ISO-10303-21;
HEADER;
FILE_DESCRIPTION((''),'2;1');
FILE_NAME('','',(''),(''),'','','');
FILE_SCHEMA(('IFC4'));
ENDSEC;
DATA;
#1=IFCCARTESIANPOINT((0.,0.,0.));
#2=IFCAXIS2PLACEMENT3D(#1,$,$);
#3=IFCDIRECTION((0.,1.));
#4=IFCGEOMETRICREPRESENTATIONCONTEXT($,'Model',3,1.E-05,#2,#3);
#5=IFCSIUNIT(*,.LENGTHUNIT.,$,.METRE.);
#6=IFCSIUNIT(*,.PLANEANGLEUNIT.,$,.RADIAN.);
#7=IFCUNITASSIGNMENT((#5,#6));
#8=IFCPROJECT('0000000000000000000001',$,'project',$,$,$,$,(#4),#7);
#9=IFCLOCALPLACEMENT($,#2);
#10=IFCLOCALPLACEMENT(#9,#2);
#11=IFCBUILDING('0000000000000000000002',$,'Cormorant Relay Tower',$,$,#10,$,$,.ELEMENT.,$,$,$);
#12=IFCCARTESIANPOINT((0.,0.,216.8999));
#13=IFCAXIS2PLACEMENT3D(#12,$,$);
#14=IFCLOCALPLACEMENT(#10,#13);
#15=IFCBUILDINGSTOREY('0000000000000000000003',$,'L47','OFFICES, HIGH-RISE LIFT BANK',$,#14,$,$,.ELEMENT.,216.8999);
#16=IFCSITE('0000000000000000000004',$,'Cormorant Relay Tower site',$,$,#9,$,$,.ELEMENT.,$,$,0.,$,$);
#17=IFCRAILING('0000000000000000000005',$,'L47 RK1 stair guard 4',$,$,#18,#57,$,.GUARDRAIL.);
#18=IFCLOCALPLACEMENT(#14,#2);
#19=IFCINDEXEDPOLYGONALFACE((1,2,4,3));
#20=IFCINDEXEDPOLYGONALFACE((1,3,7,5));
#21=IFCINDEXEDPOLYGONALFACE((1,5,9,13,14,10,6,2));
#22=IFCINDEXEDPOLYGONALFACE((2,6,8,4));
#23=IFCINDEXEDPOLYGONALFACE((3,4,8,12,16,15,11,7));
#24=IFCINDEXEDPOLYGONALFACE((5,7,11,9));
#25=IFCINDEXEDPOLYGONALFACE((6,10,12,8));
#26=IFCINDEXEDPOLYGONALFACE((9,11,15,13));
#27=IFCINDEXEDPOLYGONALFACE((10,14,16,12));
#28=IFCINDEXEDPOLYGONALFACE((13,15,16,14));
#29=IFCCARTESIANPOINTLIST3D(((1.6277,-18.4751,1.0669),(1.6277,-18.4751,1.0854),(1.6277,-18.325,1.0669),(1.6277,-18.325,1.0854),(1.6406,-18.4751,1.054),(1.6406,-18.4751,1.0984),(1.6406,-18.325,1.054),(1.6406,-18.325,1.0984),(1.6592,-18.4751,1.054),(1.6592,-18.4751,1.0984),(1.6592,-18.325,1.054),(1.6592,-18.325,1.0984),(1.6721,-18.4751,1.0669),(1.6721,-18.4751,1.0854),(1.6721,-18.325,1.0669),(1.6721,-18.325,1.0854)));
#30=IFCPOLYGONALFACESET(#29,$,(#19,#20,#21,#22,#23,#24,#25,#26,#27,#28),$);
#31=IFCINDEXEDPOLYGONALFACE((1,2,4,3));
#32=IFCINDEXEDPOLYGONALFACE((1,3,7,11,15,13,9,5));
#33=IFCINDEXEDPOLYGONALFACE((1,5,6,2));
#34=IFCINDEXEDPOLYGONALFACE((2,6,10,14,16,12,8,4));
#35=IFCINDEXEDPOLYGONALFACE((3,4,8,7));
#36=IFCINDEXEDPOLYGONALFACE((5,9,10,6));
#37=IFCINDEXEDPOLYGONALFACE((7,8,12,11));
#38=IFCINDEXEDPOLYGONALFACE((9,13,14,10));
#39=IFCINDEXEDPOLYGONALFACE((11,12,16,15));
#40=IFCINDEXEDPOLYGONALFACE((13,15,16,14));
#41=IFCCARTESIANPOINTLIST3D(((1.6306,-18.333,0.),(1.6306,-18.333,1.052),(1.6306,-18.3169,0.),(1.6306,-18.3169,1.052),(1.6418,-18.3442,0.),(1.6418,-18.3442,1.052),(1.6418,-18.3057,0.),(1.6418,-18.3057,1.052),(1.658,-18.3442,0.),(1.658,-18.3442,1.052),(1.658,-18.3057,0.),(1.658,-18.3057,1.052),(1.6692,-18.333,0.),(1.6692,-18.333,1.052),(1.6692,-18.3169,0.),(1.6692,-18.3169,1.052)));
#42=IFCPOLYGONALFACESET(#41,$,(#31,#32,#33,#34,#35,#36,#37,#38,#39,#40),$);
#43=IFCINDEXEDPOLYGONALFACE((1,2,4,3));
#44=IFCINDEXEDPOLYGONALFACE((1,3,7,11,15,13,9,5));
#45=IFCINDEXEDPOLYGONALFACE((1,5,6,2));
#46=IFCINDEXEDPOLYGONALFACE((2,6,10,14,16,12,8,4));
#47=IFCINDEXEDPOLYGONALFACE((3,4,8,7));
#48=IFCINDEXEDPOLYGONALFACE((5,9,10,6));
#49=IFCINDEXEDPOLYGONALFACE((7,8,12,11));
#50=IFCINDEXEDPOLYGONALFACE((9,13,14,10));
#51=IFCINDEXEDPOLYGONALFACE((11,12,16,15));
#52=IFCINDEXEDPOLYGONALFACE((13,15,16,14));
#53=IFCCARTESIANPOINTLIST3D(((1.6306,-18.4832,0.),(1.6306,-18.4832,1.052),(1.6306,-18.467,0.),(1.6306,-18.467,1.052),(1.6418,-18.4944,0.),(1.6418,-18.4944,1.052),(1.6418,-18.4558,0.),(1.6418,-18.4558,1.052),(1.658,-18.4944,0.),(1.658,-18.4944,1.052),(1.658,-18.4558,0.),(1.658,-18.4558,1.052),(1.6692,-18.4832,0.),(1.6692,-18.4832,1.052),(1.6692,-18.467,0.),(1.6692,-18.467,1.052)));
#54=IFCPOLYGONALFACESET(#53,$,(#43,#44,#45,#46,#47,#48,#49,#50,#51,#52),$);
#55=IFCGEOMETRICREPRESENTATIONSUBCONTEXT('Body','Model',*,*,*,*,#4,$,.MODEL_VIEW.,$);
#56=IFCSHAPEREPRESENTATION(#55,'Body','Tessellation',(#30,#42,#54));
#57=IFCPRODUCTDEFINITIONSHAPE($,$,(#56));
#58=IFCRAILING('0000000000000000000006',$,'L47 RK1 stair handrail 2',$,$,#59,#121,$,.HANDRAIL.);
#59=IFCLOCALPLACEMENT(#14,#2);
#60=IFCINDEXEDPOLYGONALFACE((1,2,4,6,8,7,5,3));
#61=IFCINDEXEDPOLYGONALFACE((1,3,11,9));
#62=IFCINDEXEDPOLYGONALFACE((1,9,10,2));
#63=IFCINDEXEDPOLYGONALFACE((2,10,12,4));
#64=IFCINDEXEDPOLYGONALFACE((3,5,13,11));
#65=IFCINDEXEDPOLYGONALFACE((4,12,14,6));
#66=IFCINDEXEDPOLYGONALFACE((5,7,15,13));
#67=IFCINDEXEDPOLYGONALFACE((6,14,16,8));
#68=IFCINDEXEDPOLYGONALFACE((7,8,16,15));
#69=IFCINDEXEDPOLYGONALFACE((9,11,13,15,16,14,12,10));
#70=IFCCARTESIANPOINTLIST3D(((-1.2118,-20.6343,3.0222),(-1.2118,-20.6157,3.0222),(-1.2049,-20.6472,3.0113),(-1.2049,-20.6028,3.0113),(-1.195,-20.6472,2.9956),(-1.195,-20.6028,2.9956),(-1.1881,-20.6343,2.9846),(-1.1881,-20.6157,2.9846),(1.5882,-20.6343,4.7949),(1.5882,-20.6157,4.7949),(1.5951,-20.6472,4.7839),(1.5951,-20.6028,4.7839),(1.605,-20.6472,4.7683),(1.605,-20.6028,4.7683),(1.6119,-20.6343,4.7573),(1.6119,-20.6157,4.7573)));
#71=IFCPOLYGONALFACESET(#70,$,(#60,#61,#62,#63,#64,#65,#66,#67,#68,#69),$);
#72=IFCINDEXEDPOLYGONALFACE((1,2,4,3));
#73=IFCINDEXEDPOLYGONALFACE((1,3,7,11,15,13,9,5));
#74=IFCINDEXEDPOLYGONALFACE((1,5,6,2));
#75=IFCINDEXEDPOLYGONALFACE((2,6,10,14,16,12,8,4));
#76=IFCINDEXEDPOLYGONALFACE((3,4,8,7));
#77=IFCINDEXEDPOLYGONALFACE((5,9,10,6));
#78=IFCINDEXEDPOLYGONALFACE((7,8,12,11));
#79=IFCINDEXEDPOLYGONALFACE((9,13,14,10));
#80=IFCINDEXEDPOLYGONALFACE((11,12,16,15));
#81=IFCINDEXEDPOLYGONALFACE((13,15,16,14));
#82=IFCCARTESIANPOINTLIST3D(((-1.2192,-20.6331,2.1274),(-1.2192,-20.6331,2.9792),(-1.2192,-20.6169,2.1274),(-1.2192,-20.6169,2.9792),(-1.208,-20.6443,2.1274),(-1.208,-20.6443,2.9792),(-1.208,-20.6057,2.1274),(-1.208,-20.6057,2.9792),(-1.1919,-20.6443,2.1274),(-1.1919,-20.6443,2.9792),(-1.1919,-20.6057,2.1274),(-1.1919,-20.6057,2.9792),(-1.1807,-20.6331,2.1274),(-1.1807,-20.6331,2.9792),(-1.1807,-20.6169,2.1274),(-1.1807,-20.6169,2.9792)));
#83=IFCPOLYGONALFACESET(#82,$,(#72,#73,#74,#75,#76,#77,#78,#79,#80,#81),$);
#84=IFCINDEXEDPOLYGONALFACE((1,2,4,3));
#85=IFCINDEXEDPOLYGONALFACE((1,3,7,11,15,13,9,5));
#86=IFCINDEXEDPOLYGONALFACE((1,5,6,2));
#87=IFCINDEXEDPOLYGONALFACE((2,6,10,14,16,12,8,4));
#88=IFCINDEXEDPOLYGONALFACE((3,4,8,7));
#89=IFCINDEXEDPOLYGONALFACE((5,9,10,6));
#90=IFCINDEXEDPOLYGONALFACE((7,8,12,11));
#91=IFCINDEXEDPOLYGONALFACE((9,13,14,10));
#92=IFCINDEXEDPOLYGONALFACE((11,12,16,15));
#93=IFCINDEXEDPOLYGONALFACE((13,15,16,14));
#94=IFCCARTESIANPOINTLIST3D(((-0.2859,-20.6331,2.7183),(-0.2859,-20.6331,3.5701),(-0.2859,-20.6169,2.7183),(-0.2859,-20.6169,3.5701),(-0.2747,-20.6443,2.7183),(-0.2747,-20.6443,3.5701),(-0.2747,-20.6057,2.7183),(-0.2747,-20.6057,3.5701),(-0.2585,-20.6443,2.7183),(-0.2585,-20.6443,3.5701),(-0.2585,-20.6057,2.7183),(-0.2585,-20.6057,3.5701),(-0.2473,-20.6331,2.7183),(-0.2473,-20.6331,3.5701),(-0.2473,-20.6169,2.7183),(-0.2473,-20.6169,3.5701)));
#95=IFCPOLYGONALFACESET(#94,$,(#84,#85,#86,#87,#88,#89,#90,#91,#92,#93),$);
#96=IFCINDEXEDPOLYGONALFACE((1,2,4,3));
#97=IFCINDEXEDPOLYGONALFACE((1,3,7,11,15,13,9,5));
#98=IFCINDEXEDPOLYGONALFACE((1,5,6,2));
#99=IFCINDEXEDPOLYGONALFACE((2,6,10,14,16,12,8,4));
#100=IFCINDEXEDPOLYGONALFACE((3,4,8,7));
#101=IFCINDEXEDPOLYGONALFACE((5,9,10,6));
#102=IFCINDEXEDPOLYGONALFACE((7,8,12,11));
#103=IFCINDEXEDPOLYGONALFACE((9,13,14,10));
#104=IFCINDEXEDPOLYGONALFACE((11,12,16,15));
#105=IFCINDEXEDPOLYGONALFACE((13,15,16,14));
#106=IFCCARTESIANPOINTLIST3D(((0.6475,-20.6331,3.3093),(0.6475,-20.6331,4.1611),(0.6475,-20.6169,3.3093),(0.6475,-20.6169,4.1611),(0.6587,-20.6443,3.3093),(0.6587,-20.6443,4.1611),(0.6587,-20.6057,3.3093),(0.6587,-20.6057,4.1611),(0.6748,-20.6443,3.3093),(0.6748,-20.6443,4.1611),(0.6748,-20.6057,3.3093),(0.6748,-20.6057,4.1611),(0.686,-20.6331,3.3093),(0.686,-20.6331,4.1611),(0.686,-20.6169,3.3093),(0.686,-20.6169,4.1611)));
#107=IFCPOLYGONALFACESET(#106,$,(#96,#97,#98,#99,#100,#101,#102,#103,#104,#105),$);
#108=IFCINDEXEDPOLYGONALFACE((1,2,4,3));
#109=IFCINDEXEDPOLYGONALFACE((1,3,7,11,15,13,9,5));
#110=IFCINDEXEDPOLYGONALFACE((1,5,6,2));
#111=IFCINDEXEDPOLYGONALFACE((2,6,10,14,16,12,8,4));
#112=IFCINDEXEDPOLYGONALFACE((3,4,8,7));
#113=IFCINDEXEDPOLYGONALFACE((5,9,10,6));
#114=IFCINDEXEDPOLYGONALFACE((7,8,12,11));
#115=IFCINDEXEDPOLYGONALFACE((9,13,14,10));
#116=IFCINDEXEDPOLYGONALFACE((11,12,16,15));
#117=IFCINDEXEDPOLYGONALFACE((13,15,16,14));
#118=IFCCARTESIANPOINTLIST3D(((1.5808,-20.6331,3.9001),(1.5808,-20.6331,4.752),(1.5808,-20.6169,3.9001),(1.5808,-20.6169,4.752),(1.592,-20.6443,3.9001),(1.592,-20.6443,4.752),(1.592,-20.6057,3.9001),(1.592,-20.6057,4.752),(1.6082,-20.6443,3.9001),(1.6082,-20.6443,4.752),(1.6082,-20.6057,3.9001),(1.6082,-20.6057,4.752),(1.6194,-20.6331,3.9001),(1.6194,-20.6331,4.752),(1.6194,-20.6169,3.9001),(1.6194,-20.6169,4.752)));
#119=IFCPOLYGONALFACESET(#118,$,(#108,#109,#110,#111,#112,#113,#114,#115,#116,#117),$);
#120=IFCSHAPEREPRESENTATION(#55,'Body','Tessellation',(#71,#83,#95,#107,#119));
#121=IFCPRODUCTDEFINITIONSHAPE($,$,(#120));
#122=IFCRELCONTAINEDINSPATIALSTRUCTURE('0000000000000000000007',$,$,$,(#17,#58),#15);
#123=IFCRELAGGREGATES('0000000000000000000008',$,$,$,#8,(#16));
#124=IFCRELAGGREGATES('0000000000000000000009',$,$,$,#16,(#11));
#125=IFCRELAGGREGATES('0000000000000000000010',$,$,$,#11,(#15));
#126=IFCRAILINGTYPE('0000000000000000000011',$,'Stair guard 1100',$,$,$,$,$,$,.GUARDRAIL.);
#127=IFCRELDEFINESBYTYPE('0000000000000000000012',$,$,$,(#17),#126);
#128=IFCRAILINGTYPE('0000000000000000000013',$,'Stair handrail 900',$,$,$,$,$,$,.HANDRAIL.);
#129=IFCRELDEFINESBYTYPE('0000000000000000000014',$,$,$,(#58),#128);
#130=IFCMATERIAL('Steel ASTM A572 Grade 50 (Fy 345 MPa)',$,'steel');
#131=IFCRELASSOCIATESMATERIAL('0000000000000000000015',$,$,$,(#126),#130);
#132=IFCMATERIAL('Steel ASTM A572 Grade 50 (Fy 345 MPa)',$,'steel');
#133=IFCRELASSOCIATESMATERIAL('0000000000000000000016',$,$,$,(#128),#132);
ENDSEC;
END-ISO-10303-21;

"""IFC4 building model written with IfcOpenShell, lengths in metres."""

from ifc_helpers import new_model, si_unit, direction, frame, origin, place, context, subcontext, project, spatial, polyline, outline, extrude, material, type_object, element, save


model = new_model("IFC4")

# Units and contexts
model_context = context("Model", 3, precision=1e-05, world=origin(), true_north=direction((0.0, 1.0)))
body_context = subcontext(model_context, "Body", "Model", "MODEL_VIEW")
ifc_project = project(units=[si_unit("LENGTHUNIT", "METRE"), si_unit("PLANEANGLEUNIT", "RADIAN")], contexts=[model_context])

# Site, building, storey
site_placement = place(None, origin())
site = spatial("IfcSite", under=ifc_project, at=site_placement, Name="Cormorant Relay Tower site", CompositionType="ELEMENT", RefElevation=0.0)
building_placement = place(site_placement, origin())
building = spatial("IfcBuilding", under=site, at=building_placement, Name="Cormorant Relay Tower", CompositionType="ELEMENT")
storey_placement = place(building_placement, frame((0.0, 0.0, 216.8999)))
storey = spatial("IfcBuildingStorey", under=building, at=storey_placement, Name="L47", Description="OFFICES, HIGH-RISE LIFT BANK", CompositionType="ELEMENT", Elevation=216.8999)

# Railings
ifc_material_1 = material(Name="Steel ASTM A572 Grade 50 (Fy 345 MPa)", Category="steel")
railing_type_1 = type_object("IfcRailingType", Name="Stair guard 1100", PredefinedType="GUARDRAIL", material=ifc_material_1)
railing_1_placement = place(storey_placement, frame((1.6499, -18.325, 0.0)))
element("IfcRailing", 1, at=railing_1_placement, inside=storey, type_object=railing_type_1, Name="L47 RK1 stair guard 4", PredefinedType="GUARDRAIL", context=body_context, shape_type="SweptSolid", body=[
    extrude(outline(polyline([(0.0222, 0.0093), (0.0093, 0.0222), (-0.0093, 0.0222), (-0.0222, 0.0093), (-0.0222, -0.0093), (-0.0093, -0.0222), (0.0093, -0.0222), (0.0222, -0.0093), (0.0222, 0.0093)])), frame((0.0, 0.0, 1.0762), z_axis=(0.0, -1.0, 0.0), x_axis=(1.0, 0.0, 0.0)), (0.0, 0.0, 1.0), 0.1501),
    extrude(outline(polyline([(0.0193, 0.0081), (0.0081, 0.0193), (-0.0081, 0.0193), (-0.0193, 0.0081), (-0.0193, -0.0081), (-0.0081, -0.0193), (0.0081, -0.0193), (0.0193, -0.0081), (0.0193, 0.0081)])), origin(), (0.0, 0.0, 1.0), 1.052),
    extrude(outline(polyline([(0.0193, 0.0081), (0.0081, 0.0193), (-0.0081, 0.0193), (-0.0193, 0.0081), (-0.0193, -0.0081), (-0.0081, -0.0193), (0.0081, -0.0193), (0.0193, -0.0081), (0.0193, 0.0081)])), frame((0.0, -0.1501, 0.0)), (0.0, 0.0, 1.0), 1.052),
])
ifc_material_2 = material(Name="Steel ASTM A572 Grade 50 (Fy 345 MPa)", Category="steel")
railing_type_2 = type_object("IfcRailingType", Name="Stair handrail 900", PredefinedType="HANDRAIL", material=ifc_material_2)
railing_2_placement = place(storey_placement, frame((-1.2, -20.625, 2.1274)))
element("IfcRailing", 2, at=railing_2_placement, inside=storey, type_object=railing_type_2, Name="L47 RK1 stair handrail 2", PredefinedType="HANDRAIL", context=body_context, shape_type="SweptSolid", body=[
    extrude(outline(polyline([(0.0222, 0.0093), (0.0093, 0.0222), (-0.0093, 0.0222), (-0.0222, 0.0093), (-0.0222, -0.0093), (-0.0093, -0.0222), (0.0093, -0.0222), (0.0222, -0.0093), (0.0222, 0.0093)])), frame((0.0, 0.0, 0.876), z_axis=(0.844909, 0.0, 0.53491), x_axis=(0.0, 1.0, 0.0)), (0.0, 0.0, 1.0), 3.314),
    extrude(outline(polyline([(0.0193, 0.0081), (0.0081, 0.0193), (-0.0081, 0.0193), (-0.0193, 0.0081), (-0.0193, -0.0081), (-0.0081, -0.0193), (0.0081, -0.0193), (0.0193, -0.0081), (0.0193, 0.0081)])), origin(), (0.0, 0.0, 1.0), 0.8518),
    extrude(outline(polyline([(0.0193, 0.0081), (0.0081, 0.0193), (-0.0081, 0.0193), (-0.0193, 0.0081), (-0.0193, -0.0081), (-0.0081, -0.0193), (0.0081, -0.0193), (0.0193, -0.0081), (0.0193, 0.0081)])), frame((0.9333, 0.0, 0.5908)), (0.0, 0.0, 1.0), 0.8518),
    extrude(outline(polyline([(0.0193, 0.0081), (0.0081, 0.0193), (-0.0081, 0.0193), (-0.0193, 0.0081), (-0.0193, -0.0081), (-0.0081, -0.0193), (0.0081, -0.0193), (0.0193, -0.0081), (0.0193, 0.0081)])), frame((1.8667, 0.0, 1.1819)), (0.0, 0.0, 1.0), 0.8518),
    extrude(outline(polyline([(0.0193, 0.0081), (0.0081, 0.0193), (-0.0081, 0.0193), (-0.0193, 0.0081), (-0.0193, -0.0081), (-0.0081, -0.0193), (0.0081, -0.0193), (0.0193, -0.0081), (0.0193, 0.0081)])), frame((2.8, 0.0, 1.7727)), (0.0, 0.0, 1.0), 0.8518),
])

save(model, "model.ifc")
